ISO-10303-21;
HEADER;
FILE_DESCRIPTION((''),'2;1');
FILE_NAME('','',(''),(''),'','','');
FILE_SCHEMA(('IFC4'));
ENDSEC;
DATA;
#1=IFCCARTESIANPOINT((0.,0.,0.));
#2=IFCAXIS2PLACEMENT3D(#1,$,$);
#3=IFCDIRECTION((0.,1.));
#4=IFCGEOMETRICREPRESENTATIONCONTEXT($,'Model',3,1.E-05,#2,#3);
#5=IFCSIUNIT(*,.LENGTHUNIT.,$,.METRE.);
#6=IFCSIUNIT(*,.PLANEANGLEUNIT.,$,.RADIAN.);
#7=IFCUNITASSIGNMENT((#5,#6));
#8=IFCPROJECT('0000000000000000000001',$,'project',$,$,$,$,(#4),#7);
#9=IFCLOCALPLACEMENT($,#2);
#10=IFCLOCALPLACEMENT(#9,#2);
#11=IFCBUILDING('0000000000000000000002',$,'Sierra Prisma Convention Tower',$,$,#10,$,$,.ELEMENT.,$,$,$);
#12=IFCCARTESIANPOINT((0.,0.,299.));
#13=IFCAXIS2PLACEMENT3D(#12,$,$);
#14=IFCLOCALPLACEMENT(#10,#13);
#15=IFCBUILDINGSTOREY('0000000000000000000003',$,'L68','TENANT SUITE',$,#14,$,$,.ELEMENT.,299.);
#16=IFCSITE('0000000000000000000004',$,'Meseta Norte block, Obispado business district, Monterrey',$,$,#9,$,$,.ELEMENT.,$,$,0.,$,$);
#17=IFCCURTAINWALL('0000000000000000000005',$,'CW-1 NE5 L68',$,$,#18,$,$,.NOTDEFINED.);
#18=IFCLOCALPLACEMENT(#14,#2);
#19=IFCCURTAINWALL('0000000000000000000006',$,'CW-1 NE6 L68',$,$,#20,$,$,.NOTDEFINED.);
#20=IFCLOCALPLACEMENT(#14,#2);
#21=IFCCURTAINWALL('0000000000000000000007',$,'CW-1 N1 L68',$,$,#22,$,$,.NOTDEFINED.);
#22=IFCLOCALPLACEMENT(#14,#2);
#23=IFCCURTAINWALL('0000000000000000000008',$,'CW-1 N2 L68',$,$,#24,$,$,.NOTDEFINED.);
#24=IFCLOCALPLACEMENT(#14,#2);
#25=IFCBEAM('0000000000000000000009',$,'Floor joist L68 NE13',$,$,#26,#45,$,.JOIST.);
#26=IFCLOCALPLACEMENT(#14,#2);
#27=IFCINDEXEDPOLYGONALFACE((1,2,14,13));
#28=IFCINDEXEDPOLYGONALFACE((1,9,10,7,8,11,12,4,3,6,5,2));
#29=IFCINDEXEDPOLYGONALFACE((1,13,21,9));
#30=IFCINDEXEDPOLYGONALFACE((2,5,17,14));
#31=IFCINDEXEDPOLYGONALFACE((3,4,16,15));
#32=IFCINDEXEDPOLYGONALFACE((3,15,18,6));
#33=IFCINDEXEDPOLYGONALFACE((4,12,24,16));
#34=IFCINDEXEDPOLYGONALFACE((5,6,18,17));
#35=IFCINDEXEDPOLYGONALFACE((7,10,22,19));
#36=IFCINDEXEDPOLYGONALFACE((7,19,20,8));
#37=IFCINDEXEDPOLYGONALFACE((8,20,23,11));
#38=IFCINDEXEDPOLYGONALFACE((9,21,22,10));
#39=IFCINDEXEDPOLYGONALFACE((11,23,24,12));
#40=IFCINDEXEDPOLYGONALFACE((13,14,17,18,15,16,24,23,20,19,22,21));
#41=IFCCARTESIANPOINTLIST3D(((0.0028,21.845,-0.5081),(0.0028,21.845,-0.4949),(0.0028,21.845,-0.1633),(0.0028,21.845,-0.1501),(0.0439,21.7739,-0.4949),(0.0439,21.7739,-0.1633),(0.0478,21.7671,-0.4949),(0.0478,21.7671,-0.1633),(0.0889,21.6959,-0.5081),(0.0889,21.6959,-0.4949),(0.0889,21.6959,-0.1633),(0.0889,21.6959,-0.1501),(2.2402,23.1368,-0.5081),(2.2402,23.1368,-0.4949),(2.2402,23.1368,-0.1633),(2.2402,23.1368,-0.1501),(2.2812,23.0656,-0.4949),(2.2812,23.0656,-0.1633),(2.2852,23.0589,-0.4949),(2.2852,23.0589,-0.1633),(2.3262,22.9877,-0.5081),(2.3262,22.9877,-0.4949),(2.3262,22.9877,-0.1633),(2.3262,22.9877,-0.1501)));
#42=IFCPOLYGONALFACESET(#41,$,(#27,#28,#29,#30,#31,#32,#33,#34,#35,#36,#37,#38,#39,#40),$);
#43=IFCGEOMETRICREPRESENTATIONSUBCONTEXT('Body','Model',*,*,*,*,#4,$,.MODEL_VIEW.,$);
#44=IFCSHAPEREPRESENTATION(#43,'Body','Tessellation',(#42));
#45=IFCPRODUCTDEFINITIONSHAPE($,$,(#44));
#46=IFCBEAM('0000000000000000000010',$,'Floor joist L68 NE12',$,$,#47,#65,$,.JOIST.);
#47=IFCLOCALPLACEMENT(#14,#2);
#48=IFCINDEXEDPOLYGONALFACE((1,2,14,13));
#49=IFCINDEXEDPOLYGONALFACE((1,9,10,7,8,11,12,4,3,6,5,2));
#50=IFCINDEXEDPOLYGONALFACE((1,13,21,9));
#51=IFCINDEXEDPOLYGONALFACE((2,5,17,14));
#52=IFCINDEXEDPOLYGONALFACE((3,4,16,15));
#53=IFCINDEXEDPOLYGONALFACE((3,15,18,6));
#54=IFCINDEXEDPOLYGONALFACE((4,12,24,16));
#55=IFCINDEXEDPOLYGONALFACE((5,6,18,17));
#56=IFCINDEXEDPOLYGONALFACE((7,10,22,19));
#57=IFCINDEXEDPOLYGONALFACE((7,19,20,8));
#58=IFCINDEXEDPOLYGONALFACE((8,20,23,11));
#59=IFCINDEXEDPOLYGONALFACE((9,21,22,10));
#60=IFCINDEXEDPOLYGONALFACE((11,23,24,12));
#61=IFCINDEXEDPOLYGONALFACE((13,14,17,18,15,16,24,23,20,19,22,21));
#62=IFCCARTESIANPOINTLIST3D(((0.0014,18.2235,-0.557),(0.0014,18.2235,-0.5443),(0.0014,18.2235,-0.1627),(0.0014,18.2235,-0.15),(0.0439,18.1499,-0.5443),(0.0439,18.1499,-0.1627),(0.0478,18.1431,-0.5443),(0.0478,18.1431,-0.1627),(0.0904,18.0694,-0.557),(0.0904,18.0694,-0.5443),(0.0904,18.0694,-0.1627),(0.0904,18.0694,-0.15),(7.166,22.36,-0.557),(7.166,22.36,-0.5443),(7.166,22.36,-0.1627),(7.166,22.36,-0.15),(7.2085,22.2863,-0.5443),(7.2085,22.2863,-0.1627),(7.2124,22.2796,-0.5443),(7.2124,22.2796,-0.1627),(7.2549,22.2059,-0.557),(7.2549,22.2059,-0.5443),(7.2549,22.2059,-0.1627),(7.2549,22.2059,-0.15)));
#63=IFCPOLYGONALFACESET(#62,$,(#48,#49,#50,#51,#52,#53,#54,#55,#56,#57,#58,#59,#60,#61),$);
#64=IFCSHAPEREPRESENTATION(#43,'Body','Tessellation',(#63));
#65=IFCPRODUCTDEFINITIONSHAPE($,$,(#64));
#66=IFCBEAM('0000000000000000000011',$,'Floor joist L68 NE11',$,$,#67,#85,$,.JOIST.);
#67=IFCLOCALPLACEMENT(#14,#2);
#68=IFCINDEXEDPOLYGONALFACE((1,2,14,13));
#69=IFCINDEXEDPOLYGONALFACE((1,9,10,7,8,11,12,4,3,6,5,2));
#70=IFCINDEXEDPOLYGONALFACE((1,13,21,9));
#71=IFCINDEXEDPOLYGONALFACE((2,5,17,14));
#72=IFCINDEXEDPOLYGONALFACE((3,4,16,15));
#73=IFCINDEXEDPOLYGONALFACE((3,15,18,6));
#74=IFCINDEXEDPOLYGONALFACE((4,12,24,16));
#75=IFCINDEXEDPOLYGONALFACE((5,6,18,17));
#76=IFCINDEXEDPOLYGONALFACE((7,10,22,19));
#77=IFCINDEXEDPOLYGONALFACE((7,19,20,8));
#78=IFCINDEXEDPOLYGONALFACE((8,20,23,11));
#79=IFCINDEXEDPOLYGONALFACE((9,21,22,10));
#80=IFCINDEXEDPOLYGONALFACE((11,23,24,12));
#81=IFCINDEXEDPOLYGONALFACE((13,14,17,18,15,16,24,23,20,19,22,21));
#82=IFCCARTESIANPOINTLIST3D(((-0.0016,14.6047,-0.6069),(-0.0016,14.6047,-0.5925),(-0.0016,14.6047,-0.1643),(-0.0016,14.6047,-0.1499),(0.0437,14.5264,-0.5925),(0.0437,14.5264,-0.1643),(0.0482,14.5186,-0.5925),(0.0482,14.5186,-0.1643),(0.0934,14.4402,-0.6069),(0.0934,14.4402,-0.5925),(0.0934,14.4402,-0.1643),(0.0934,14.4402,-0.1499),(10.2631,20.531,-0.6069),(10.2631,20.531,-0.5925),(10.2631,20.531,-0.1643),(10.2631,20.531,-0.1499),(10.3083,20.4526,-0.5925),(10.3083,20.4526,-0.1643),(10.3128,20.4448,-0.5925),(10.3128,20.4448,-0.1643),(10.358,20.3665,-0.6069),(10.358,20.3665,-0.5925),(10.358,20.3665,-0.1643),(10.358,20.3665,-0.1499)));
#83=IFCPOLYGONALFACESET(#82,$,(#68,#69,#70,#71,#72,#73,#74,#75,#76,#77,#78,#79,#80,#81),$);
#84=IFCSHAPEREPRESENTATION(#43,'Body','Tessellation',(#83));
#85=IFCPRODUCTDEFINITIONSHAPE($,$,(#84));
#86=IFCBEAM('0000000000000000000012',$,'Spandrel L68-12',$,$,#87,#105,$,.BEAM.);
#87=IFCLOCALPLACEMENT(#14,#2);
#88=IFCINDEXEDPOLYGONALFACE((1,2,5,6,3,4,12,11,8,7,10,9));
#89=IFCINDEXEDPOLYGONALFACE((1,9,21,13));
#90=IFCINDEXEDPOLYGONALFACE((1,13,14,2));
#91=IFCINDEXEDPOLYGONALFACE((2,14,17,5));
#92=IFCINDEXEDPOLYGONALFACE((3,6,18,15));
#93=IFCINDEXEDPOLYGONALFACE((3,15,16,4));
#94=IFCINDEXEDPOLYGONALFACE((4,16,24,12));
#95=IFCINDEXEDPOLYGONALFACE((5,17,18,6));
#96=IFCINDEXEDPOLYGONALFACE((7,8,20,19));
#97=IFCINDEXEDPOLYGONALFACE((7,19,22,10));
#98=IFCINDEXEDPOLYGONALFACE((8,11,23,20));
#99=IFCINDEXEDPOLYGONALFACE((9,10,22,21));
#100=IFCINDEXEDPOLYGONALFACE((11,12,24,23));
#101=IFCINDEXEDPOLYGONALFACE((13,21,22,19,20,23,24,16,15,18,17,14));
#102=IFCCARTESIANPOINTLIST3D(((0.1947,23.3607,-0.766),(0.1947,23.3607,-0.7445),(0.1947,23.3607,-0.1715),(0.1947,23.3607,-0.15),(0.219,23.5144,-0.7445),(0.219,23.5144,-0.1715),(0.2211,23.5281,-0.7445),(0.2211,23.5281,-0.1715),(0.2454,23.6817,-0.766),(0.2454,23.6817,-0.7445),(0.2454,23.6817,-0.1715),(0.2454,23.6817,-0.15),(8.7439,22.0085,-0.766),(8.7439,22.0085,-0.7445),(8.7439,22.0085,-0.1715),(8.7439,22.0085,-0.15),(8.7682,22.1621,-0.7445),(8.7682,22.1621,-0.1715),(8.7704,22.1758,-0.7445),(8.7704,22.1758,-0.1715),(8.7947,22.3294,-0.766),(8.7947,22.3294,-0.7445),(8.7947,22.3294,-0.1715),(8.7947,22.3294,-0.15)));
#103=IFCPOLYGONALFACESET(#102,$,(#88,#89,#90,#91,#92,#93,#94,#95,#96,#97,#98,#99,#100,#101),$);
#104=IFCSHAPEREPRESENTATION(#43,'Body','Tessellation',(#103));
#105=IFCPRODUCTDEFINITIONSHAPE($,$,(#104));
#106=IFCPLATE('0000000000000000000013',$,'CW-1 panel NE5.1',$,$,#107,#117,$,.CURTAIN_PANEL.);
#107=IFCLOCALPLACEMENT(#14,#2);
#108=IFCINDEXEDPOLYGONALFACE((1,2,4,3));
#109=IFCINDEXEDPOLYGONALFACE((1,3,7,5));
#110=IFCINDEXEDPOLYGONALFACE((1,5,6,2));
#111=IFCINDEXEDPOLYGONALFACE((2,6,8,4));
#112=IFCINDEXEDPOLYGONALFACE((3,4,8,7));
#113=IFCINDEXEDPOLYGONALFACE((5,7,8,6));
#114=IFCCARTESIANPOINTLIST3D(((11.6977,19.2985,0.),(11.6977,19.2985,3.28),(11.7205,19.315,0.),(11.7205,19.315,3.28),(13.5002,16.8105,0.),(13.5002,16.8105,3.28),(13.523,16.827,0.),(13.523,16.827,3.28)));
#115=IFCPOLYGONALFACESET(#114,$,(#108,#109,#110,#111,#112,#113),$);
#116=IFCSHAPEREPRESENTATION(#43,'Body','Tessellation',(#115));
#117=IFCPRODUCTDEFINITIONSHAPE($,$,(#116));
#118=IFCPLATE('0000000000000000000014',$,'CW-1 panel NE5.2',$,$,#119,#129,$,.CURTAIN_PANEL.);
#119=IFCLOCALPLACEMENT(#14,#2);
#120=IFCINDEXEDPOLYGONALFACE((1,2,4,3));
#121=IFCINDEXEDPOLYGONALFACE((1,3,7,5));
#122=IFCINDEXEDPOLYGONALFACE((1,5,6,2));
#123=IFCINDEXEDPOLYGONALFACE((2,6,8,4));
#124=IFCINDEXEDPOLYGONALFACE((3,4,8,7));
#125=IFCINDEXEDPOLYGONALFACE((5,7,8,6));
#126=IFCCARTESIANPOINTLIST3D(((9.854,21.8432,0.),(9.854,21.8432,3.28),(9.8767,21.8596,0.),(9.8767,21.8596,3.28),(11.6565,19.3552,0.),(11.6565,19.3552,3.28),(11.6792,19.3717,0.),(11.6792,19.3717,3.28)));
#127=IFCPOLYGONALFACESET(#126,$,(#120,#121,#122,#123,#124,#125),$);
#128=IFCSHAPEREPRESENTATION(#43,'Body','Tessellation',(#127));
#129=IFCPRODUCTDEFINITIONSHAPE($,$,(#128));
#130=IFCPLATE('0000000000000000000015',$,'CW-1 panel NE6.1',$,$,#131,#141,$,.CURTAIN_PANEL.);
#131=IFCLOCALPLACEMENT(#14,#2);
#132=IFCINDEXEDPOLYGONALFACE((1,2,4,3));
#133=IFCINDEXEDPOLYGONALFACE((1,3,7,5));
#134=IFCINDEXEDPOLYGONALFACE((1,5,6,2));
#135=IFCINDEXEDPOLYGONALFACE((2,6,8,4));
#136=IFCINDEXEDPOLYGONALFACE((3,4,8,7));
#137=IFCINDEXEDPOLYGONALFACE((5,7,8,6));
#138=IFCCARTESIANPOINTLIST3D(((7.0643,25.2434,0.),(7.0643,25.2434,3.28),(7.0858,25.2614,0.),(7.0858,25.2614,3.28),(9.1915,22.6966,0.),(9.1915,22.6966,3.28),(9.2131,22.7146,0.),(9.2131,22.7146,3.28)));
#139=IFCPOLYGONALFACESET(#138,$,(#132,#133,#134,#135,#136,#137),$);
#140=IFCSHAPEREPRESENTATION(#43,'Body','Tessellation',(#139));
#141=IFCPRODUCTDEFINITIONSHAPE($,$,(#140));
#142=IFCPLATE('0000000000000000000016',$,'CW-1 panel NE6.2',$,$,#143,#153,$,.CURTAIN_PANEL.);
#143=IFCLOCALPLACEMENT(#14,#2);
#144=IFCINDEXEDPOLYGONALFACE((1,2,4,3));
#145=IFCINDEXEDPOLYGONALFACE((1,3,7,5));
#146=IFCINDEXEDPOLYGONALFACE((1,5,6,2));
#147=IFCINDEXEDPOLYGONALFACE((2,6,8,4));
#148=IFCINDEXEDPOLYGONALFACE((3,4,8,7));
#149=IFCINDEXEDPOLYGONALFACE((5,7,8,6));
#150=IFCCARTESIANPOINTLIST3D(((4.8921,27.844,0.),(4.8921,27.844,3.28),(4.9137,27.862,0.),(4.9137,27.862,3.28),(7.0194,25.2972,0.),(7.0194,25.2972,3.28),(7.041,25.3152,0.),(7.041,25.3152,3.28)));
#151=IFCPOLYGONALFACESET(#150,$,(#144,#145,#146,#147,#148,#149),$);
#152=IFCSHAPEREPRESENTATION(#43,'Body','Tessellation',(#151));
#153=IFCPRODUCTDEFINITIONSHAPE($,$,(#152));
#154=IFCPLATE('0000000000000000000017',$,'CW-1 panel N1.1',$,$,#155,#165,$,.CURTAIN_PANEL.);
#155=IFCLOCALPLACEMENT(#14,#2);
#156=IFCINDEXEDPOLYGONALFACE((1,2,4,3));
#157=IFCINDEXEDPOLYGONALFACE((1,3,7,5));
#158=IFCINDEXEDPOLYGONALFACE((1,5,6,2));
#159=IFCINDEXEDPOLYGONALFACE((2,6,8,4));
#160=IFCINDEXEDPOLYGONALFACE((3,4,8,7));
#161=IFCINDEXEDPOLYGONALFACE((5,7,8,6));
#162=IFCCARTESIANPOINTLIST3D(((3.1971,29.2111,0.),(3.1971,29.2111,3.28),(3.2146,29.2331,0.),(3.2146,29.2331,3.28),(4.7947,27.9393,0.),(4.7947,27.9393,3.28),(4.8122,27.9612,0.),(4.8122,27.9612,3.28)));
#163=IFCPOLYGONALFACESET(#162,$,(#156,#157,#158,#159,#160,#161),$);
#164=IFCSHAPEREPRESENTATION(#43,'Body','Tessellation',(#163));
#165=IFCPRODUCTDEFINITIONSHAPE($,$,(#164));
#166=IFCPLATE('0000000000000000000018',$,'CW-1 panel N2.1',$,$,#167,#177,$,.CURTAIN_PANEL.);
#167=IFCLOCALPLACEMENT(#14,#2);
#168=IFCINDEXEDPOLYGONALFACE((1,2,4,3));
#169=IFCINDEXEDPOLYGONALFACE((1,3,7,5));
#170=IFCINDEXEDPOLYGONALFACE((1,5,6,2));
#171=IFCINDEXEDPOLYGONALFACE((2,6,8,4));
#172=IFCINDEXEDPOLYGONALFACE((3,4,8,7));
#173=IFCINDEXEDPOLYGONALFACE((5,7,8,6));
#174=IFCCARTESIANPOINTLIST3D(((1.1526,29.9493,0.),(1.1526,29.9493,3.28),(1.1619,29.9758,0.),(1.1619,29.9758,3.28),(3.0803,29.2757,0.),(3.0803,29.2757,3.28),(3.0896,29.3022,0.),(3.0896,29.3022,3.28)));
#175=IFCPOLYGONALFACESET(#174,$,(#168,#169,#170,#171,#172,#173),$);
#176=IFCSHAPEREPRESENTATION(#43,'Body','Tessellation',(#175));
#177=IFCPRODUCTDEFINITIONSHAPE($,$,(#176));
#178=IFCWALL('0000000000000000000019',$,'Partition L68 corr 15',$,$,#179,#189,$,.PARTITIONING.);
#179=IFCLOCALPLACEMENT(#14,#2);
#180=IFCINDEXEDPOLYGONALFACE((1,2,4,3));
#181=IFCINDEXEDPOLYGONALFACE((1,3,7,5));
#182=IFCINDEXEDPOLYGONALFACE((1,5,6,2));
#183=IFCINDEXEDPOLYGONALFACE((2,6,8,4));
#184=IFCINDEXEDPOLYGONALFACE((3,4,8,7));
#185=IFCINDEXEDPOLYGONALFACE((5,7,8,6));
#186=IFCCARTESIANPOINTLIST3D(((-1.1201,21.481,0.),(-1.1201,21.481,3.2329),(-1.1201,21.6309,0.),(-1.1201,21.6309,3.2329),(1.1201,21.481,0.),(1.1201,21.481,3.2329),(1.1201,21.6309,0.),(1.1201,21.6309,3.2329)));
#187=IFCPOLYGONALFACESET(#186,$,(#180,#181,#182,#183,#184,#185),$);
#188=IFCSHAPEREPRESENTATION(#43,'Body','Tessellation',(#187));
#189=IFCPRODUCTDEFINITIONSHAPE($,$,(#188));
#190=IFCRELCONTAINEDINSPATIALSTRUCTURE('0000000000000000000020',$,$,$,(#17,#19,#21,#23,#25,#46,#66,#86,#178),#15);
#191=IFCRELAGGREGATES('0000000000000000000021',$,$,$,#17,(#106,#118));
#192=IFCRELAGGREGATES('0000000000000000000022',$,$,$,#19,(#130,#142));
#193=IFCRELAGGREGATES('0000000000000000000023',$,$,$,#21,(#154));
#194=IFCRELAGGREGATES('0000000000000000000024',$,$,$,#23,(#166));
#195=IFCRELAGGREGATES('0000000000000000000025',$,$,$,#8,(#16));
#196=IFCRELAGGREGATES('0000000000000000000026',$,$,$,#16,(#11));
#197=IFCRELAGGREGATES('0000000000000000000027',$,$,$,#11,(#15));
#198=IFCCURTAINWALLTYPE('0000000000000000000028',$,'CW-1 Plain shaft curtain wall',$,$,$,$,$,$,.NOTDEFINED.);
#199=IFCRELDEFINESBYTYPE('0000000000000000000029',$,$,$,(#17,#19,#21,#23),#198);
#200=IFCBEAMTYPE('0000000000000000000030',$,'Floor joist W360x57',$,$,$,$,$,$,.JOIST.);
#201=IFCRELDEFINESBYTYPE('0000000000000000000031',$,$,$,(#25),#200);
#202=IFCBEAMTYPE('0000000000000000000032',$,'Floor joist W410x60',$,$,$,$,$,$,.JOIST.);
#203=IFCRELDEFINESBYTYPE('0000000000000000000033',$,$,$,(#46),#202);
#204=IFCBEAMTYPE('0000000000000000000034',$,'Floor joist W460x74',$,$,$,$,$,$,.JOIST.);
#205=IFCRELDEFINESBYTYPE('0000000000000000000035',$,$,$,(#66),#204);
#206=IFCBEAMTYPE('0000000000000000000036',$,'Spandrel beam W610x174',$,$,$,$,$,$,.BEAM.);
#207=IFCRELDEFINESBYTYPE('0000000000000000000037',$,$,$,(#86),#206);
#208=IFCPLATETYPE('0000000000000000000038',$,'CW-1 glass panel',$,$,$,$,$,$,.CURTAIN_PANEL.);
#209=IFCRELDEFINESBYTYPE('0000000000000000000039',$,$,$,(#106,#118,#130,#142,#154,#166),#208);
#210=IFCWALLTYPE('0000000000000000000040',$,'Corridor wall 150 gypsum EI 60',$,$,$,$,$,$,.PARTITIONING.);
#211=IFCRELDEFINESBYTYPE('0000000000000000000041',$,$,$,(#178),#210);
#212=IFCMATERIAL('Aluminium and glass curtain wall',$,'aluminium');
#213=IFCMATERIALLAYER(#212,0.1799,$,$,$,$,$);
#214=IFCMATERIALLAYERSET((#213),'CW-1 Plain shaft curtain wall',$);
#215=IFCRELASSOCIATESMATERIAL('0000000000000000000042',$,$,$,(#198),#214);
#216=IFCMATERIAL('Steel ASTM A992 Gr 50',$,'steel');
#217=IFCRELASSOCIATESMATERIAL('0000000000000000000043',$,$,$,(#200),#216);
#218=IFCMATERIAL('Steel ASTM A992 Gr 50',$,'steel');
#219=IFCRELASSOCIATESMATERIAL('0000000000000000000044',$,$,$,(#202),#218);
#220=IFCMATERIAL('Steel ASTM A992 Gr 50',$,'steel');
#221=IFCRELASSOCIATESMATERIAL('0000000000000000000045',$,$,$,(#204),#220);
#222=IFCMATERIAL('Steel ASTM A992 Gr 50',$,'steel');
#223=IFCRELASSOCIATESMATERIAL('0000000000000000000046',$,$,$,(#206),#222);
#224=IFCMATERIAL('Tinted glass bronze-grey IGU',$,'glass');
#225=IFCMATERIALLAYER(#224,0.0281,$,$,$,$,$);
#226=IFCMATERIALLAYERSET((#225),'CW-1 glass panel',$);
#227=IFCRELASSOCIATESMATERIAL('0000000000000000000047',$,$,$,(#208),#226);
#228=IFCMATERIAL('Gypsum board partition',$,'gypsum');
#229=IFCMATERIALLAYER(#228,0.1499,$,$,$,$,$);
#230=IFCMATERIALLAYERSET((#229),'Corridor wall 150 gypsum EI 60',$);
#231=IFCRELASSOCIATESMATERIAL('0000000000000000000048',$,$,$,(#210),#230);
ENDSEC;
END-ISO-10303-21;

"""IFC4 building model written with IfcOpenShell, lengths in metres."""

from ifc_helpers import new_model, si_unit, direction, frame, frame_2d, origin, origin_2d, place, context, subcontext, project, spatial, rectangle, i_section, extrude, material, layer, layer_set, material_profile, profile_set, type_object, element, aggregate, save


model = new_model("IFC4")

# Units and contexts
model_context = context("Model", 3, precision=1e-05, world=origin(), true_north=direction((0.0, 1.0)))
body_context = subcontext(model_context, "Body", "Model", "MODEL_VIEW")
ifc_project = project(units=[si_unit("LENGTHUNIT", "METRE"), si_unit("PLANEANGLEUNIT", "RADIAN")], contexts=[model_context])

# Site, building, storey
site_placement = place(None, origin())
site = spatial("IfcSite", under=ifc_project, at=site_placement, Name="Meseta Norte block, Obispado business district, Monterrey", CompositionType="ELEMENT", RefElevation=0.0)
building_placement = place(site_placement, origin())
building = spatial("IfcBuilding", under=site, at=building_placement, Name="Sierra Prisma Convention Tower", CompositionType="ELEMENT")
storey_placement = place(building_placement, frame((0.0, 0.0, 299.0)))
storey = spatial("IfcBuildingStorey", under=building, at=storey_placement, Name="L68", Description="TENANT SUITE", CompositionType="ELEMENT", Elevation=299.0)

# Curtain wall
ifc_material_1 = material(Name="Aluminium and glass curtain wall", Category="aluminium")
ifc_layer_1 = layer(ifc_material_1, 0.1799)
ifc_layer_set_1 = layer_set([ifc_layer_1], Name="CW-1 Plain shaft curtain wall")
curtain_wall_type = type_object("IfcCurtainWallType", Name="CW-1 Plain shaft curtain wall", PredefinedType="NOTDEFINED", material=ifc_layer_set_1)
curtain_wall_1_placement = place(storey_placement, origin())
curtain_wall_1 = element("IfcCurtainWall", 1, at=curtain_wall_1_placement, inside=storey, type_object=curtain_wall_type, Name="CW-1 NE5 L68", PredefinedType="NOTDEFINED")

# Curtain walls
curtain_wall_2_placement = place(storey_placement, origin())
curtain_wall_2 = element("IfcCurtainWall", 2, at=curtain_wall_2_placement, inside=storey, type_object=curtain_wall_type, Name="CW-1 NE6 L68", PredefinedType="NOTDEFINED")
curtain_wall_3_placement = place(storey_placement, origin())
curtain_wall_3 = element("IfcCurtainWall", 3, at=curtain_wall_3_placement, inside=storey, type_object=curtain_wall_type, Name="CW-1 N1 L68", PredefinedType="NOTDEFINED")
curtain_wall_4_placement = place(storey_placement, origin())
curtain_wall_4 = element("IfcCurtainWall", 4, at=curtain_wall_4_placement, inside=storey, type_object=curtain_wall_type, Name="CW-1 N2 L68", PredefinedType="NOTDEFINED")

# Beams
ifc_material_2 = material(Name="Steel ASTM A992 Gr 50", Category="steel")
ifc_material_profile_1 = material_profile(ifc_material_2, i_section(OverallWidth=0.1721, OverallDepth=0.3579, WebThickness=0.0078, FlangeThickness=0.0132, at=origin_2d()), Name="W360x57")
ifc_profile_set_1 = profile_set([ifc_material_profile_1], Name="Steel ASTM A992 Gr 50")
beam_type_1 = type_object("IfcBeamType", Name="Floor joist W360x57", PredefinedType="JOIST", material=ifc_profile_set_1)
beam_1_placement = place(storey_placement, frame((2.2832, 23.0623, -0.3291), z_axis=(-0.866019, -0.500011, 0.0), x_axis=(0.500011, -0.866019, 0.0)))
element("IfcBeam", 5, at=beam_1_placement, inside=storey, type_object=beam_type_1, Name="Floor joist L68 NE13", PredefinedType="JOIST", context=body_context, shape_type="SweptSolid", body=[
    extrude(i_section(OverallWidth=0.1721, OverallDepth=0.3579, WebThickness=0.0078, FlangeThickness=0.0132, at=origin_2d()), origin(), (0.0, 0.0, 1.0), 2.5835),
])
ifc_material_3 = material(Name="Steel ASTM A992 Gr 50", Category="steel")
ifc_material_profile_2 = material_profile(ifc_material_3, i_section(OverallWidth=0.178, OverallDepth=0.407, WebThickness=0.0078, FlangeThickness=0.0127, at=origin_2d()), Name="W410x60")
ifc_profile_set_2 = profile_set([ifc_material_profile_2], Name="Steel ASTM A992 Gr 50")
beam_type_2 = type_object("IfcBeamType", Name="Floor joist W410x60", PredefinedType="JOIST", material=ifc_profile_set_2)
beam_2_placement = place(storey_placement, frame((7.2104, 22.283, -0.3535), z_axis=(-0.866024, -0.500002, 0.0), x_axis=(0.500002, -0.866024, 0.0)))
element("IfcBeam", 6, at=beam_2_placement, inside=storey, type_object=beam_type_2, Name="Floor joist L68 NE12", PredefinedType="JOIST", context=body_context, shape_type="SweptSolid", body=[
    extrude(i_section(OverallWidth=0.178, OverallDepth=0.407, WebThickness=0.0078, FlangeThickness=0.0127, at=origin_2d()), origin(), (0.0, 0.0, 1.0), 8.2729),
])
ifc_material_4 = material(Name="Steel ASTM A992 Gr 50", Category="steel")
ifc_material_profile_3 = material_profile(ifc_material_4, i_section(OverallWidth=0.1899, OverallDepth=0.457, WebThickness=0.009, FlangeThickness=0.0144, at=origin_2d()), Name="W460x74")
ifc_profile_set_3 = profile_set([ifc_material_profile_3], Name="Steel ASTM A992 Gr 50")
beam_type_3 = type_object("IfcBeamType", Name="Floor joist W460x74", PredefinedType="JOIST", material=ifc_profile_set_3)
beam_3_placement = place(storey_placement, frame((10.3105, 20.4487, -0.3784), z_axis=(-0.866026, -0.499998, 0.0), x_axis=(0.499998, -0.866026, 0.0)))
element("IfcBeam", 7, at=beam_3_placement, inside=storey, type_object=beam_type_3, Name="Floor joist L68 NE11", PredefinedType="JOIST", context=body_context, shape_type="SweptSolid", body=[
    extrude(i_section(OverallWidth=0.1899, OverallDepth=0.457, WebThickness=0.009, FlangeThickness=0.0144, at=origin_2d()), origin(), (0.0, 0.0, 1.0), 11.8525),
])
ifc_material_5 = material(Name="Steel ASTM A992 Gr 50", Category="steel")
ifc_material_profile_4 = material_profile(ifc_material_5, i_section(OverallWidth=0.325, OverallDepth=0.616, WebThickness=0.0139, FlangeThickness=0.0215, at=origin_2d()), Name="W610x174")
ifc_profile_set_4 = profile_set([ifc_material_profile_4], Name="Steel ASTM A992 Gr 50")
beam_type_4 = type_object("IfcBeamType", Name="Spandrel beam W610x174", PredefinedType="BEAM", material=ifc_profile_set_4)
beam_4_placement = place(storey_placement, frame((8.7693, 22.1689, -0.458), z_axis=(-0.98772, 0.156233, 0.0), x_axis=(-0.156233, -0.98772, 0.0)))
element("IfcBeam", 8, at=beam_4_placement, inside=storey, type_object=beam_type_4, Name="Spandrel L68-12", PredefinedType="BEAM", context=body_context, shape_type="SweptSolid", body=[
    extrude(i_section(OverallWidth=0.325, OverallDepth=0.616, WebThickness=0.0139, FlangeThickness=0.0215, at=origin_2d()), origin(), (0.0, 0.0, 1.0), 8.6555),
])

# Plates
ifc_material_6 = material(Name="Tinted glass bronze-grey IGU", Category="glass")
ifc_layer_2 = layer(ifc_material_6, 0.0281)
ifc_layer_set_2 = layer_set([ifc_layer_2], Name="CW-1 glass panel")
plate_type = type_object("IfcPlateType", Name="CW-1 glass panel", PredefinedType="CURTAIN_PANEL", material=ifc_layer_set_2)
plate_1_placement = place(storey_placement, frame((12.6104, 18.0627, 0.0), z_axis=(0.0, 0.0, 1.0), x_axis=(-0.586691, 0.809811, 0.0)))
plate_1 = element("IfcPlate", 9, at=plate_1_placement, type_object=plate_type, Name="CW-1 panel NE5.1", PredefinedType="CURTAIN_PANEL", context=body_context, shape_type="SweptSolid", body=[
    extrude(rectangle(XDim=3.0723, YDim=0.0281, at=origin_2d()), origin(), (0.0, 0.0, 1.0), 3.28),
])
plate_2_placement = place(storey_placement, frame((10.7666, 20.6074, 0.0), z_axis=(0.0, 0.0, 1.0), x_axis=(-0.586691, 0.809811, 0.0)))
plate_2 = element("IfcPlate", 10, at=plate_2_placement, type_object=plate_type, Name="CW-1 panel NE5.2", PredefinedType="CURTAIN_PANEL", context=body_context, shape_type="SweptSolid", body=[
    extrude(rectangle(XDim=3.0723, YDim=0.0281, at=origin_2d()), origin(), (0.0, 0.0, 1.0), 3.28),
])
aggregate(curtain_wall_1, [plate_1, plate_2])
plate_3_placement = place(storey_placement, frame((8.1387, 23.979, 0.0), z_axis=(0.0, 0.0, 1.0), x_axis=(-0.64106, 0.76749, 0.0)))
plate_3 = element("IfcPlate", 11, at=plate_3_placement, type_object=plate_type, Name="CW-1 panel NE6.1", PredefinedType="CURTAIN_PANEL", context=body_context, shape_type="SweptSolid", body=[
    extrude(rectangle(XDim=3.3184, YDim=0.0281, at=origin_2d()), origin(), (0.0, 0.0, 1.0), 3.28),
])
plate_4_placement = place(storey_placement, frame((5.9666, 26.5796, 0.0), z_axis=(0.0, 0.0, 1.0), x_axis=(-0.64106, 0.76749, 0.0)))
plate_4 = element("IfcPlate", 12, at=plate_4_placement, type_object=plate_type, Name="CW-1 panel NE6.2", PredefinedType="CURTAIN_PANEL", context=body_context, shape_type="SweptSolid", body=[
    extrude(rectangle(XDim=3.3184, YDim=0.0281, at=origin_2d()), origin(), (0.0, 0.0, 1.0), 3.28),
])
aggregate(curtain_wall_2, [plate_3, plate_4])
plate_5_placement = place(storey_placement, frame((4.0046, 28.5862, 0.0), z_axis=(0.0, 0.0, 1.0), x_axis=(-0.782348, 0.622841, 0.0)))
plate_5 = element("IfcPlate", 13, at=plate_5_placement, type_object=plate_type, Name="CW-1 panel N1.1", PredefinedType="CURTAIN_PANEL", context=body_context, shape_type="SweptSolid", body=[
    extrude(rectangle(XDim=2.042, YDim=0.0281, at=origin_2d()), origin(), (0.0, 0.0, 1.0), 3.28),
])
aggregate(curtain_wall_3, [plate_5])
plate_6_placement = place(storey_placement, frame((2.1211, 29.6257, 0.0), z_axis=(0.0, 0.0, 1.0), x_axis=(-0.94402, 0.329887, 0.0)))
plate_6 = element("IfcPlate", 14, at=plate_6_placement, type_object=plate_type, Name="CW-1 panel N2.1", PredefinedType="CURTAIN_PANEL", context=body_context, shape_type="SweptSolid", body=[
    extrude(rectangle(XDim=2.042, YDim=0.0281, at=origin_2d()), origin(), (0.0, 0.0, 1.0), 3.28),
])
aggregate(curtain_wall_4, [plate_6])

# Wall
ifc_material_7 = material(Name="Gypsum board partition", Category="gypsum")
ifc_layer_3 = layer(ifc_material_7, 0.1499)
ifc_layer_set_3 = layer_set([ifc_layer_3], Name="Corridor wall 150 gypsum EI 60")
wall_type = type_object("IfcWallType", Name="Corridor wall 150 gypsum EI 60", PredefinedType="PARTITIONING", material=ifc_layer_set_3)
wall_placement = place(storey_placement, frame((1.1201, 21.5559, 0.0), z_axis=(0.0, 0.0, 1.0), x_axis=(-1.0, 0.0, 0.0)))
element("IfcWall", 15, at=wall_placement, inside=storey, type_object=wall_type, Name="Partition L68 corr 15", PredefinedType="PARTITIONING", context=body_context, shape_type="SweptSolid", body=[
    extrude(rectangle(XDim=2.2402, YDim=0.1499, at=frame_2d((1.1201, 0.0))), origin(), (0.0, 0.0, 1.0), 3.2329),
])

save(model, "model.ifc")
